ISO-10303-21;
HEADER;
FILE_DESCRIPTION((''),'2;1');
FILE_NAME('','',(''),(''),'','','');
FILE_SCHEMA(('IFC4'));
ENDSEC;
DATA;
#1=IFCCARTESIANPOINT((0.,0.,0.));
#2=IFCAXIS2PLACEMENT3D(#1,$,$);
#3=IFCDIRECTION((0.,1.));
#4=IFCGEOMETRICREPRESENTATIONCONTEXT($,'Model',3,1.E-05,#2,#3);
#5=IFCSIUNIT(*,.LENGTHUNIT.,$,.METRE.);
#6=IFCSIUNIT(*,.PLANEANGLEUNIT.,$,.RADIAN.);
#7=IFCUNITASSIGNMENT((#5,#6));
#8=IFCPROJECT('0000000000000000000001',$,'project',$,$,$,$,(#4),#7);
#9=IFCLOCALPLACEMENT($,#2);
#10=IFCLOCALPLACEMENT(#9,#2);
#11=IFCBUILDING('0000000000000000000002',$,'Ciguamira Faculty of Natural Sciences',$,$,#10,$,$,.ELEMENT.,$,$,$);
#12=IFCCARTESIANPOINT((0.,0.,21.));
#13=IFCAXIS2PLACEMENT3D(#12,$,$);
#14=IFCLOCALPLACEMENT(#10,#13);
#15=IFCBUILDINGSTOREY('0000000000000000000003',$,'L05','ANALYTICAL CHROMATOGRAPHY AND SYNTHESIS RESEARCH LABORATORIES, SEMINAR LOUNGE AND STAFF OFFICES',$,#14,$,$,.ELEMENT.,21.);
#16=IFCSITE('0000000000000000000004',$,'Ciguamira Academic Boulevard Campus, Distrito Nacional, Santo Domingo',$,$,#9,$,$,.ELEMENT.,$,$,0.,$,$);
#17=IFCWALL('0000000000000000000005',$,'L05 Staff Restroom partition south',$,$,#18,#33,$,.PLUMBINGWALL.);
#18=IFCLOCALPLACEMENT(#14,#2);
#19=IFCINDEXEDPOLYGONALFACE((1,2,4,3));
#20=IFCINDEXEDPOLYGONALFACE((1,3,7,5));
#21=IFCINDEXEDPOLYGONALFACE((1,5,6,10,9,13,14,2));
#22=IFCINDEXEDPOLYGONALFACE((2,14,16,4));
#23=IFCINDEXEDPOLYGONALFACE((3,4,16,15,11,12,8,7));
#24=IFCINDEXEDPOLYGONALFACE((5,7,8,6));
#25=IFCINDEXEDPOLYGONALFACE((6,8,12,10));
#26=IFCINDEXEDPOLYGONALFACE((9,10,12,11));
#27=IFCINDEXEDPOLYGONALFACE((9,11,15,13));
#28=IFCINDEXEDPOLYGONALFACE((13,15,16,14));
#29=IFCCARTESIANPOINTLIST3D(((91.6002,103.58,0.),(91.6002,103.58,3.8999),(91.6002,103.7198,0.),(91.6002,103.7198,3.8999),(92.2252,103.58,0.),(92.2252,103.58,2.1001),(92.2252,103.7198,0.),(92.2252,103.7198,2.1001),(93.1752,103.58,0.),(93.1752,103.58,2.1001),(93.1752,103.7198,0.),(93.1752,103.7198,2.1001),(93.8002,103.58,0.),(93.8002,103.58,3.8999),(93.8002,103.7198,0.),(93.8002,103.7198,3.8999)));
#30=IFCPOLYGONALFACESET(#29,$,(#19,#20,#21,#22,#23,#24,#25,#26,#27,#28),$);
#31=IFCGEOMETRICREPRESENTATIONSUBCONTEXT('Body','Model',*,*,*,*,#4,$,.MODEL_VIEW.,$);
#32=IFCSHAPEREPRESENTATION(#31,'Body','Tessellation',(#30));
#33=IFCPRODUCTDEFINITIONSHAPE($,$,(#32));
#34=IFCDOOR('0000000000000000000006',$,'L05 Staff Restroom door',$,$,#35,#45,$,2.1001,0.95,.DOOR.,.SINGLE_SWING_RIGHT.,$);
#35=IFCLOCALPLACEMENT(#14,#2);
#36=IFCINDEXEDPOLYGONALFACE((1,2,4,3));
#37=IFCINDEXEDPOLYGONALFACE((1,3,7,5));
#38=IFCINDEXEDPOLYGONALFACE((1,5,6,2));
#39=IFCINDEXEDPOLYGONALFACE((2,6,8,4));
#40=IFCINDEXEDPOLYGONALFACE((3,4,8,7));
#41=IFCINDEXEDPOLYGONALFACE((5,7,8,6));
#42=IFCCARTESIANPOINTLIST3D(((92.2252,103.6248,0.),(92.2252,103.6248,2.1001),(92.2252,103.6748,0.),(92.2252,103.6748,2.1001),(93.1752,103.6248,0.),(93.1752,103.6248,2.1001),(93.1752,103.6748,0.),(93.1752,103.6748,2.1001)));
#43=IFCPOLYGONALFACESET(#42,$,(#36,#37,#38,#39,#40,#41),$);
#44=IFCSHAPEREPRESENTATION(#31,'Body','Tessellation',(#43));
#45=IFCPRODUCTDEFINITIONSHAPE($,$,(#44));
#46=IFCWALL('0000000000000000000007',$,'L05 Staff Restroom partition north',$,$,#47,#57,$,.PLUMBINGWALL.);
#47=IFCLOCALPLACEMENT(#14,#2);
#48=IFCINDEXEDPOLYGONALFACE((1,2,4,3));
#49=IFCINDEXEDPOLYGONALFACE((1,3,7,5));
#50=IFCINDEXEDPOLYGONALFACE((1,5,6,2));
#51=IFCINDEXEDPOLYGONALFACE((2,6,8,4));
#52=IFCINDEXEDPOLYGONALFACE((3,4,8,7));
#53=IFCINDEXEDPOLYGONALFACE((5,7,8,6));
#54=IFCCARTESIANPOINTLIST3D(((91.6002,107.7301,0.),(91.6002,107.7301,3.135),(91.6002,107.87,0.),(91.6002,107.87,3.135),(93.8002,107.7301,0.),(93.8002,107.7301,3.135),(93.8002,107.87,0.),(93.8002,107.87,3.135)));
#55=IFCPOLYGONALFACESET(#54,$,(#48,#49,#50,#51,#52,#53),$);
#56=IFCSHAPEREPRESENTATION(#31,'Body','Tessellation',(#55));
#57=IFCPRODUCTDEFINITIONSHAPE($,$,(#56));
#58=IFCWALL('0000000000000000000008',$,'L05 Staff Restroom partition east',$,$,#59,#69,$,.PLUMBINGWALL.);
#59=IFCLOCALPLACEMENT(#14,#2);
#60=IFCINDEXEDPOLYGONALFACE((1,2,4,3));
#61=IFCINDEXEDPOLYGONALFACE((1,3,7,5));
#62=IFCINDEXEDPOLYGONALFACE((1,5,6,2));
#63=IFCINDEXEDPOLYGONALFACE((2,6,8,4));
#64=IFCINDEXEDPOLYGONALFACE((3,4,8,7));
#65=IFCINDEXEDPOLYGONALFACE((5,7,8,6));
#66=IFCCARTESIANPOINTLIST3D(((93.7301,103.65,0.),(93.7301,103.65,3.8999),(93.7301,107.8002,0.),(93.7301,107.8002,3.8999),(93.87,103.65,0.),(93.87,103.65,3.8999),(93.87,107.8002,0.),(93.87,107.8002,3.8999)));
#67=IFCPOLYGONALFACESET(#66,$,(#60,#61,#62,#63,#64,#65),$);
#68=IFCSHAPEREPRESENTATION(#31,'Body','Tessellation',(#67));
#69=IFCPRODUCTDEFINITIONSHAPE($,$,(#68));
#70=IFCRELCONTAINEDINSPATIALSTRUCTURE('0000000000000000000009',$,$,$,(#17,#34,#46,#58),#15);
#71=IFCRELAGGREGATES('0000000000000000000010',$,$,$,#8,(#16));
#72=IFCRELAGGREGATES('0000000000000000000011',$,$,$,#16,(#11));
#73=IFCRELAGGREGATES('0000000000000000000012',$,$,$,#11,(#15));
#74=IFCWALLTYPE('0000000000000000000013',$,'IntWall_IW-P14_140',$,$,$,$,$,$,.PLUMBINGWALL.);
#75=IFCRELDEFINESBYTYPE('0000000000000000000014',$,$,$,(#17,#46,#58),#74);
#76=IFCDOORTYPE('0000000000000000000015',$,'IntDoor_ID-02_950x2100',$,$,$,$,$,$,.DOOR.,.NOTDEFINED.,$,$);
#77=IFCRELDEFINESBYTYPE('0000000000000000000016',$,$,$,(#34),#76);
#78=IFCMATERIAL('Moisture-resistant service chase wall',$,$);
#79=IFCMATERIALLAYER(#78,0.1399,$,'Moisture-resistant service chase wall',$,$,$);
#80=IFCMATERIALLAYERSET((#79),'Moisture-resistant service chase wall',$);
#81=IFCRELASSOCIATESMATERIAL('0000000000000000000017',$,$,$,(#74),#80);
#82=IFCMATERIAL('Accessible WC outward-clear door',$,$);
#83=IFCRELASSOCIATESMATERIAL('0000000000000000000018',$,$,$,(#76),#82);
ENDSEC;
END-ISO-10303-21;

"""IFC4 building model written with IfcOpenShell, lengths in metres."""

from ifc_helpers import new_model, si_unit, direction, frame, frame_2d, origin, place, context, subcontext, project, spatial, rectangle, extrude, material, layer, layer_set, type_object, element, fill, save


model = new_model("IFC4")

# Units and contexts
model_context = context("Model", 3, precision=1e-05, world=origin(), true_north=direction((0.0, 1.0)))
body_context = subcontext(model_context, "Body", "Model", "MODEL_VIEW")
ifc_project = project(units=[si_unit("LENGTHUNIT", "METRE"), si_unit("PLANEANGLEUNIT", "RADIAN")], contexts=[model_context])

# Site, building, storey
site_placement = place(None, origin())
site = spatial("IfcSite", under=ifc_project, at=site_placement, Name="Ciguamira Academic Boulevard Campus, Distrito Nacional, Santo Domingo", CompositionType="ELEMENT", RefElevation=0.0)
building_placement = place(site_placement, origin())
building = spatial("IfcBuilding", under=site, at=building_placement, Name="Ciguamira Faculty of Natural Sciences", CompositionType="ELEMENT")
storey_placement = place(building_placement, frame((0.0, 0.0, 21.0)))
storey = spatial("IfcBuildingStorey", under=building, at=storey_placement, Name="L05", Description="ANALYTICAL CHROMATOGRAPHY AND SYNTHESIS RESEARCH LABORATORIES, SEMINAR LOUNGE AND STAFF OFFICES", CompositionType="ELEMENT", Elevation=21.0)

# Shared definitions
ifc_material_1 = material(Name="Moisture-resistant service chase wall")
ifc_layer_1 = layer(ifc_material_1, 0.1399, Name="Moisture-resistant service chase wall")
ifc_layer_set_1 = layer_set([ifc_layer_1], Name="Moisture-resistant service chase wall")
wall_type_1 = type_object("IfcWallType", Name="IntWall_IW-P14_140", PredefinedType="PLUMBINGWALL", material=ifc_layer_set_1)
ifc_material_2 = material(Name="Accessible WC outward-clear door")
door_type_1 = type_object("IfcDoorType", Name="IntDoor_ID-02_950x2100", OperationType="NOTDEFINED", PredefinedType="DOOR", material=ifc_material_2)

# Wall, opening, door
wall_1_placement = place(storey_placement, frame((91.6001, 103.6499, 0.0), z_axis=(0.0, 0.0, 1.0), x_axis=(1.0, 0.0, 0.0)))
wall_1 = element("IfcWall", 1, at=wall_1_placement, inside=storey, type_object=wall_type_1, Name="L05 Staff Restroom partition south", PredefinedType="PLUMBINGWALL", context=body_context, shape_type="SweptSolid", body=[
    extrude(rectangle(XDim=2.2, YDim=0.1399, at=frame_2d((1.1001, 0.0))), origin(), (0.0, 0.0, 1.0), 3.8999),
])
opening_1_placement = place(wall_1_placement, frame((0.625, 0.0, 0.0)))
opening_1 = element("IfcOpeningElement", 2, at=opening_1_placement, cuts=wall_1, PredefinedType="OPENING", context=body_context, shape_type="SweptSolid", body=[
    extrude(rectangle(XDim=0.95, YDim=2.1001, at=frame_2d((0.4751, 1.05))), frame((0.0, 0.0798, 0.0), z_axis=(0.0, -1.0, 0.0), x_axis=(1.0, 0.0, 0.0)), (0.0, 0.0, 1.0), 0.1599),
])
door_1_placement = place(opening_1_placement, origin())
door_1 = element("IfcDoor", 3, at=door_1_placement, inside=storey, type_object=door_type_1, Name="L05 Staff Restroom door", OperationType="SINGLE_SWING_RIGHT", OverallHeight=2.1001, OverallWidth=0.95, PredefinedType="DOOR", context=body_context, shape_type="SweptSolid", body=[
    extrude(rectangle(XDim=0.95, YDim=2.1001, at=frame_2d((0.4751, 1.05))), frame((0.0, 0.0249, 0.0), z_axis=(0.0, -1.0, 0.0), x_axis=(1.0, 0.0, 0.0)), (0.0, 0.0, 1.0), 0.05),
])
fill(opening_1, door_1)

# Walls
wall_2_placement = place(storey_placement, frame((91.6001, 107.8, 0.0), z_axis=(0.0, 0.0, 1.0), x_axis=(1.0, 0.0, 0.0)))
element("IfcWall", 4, at=wall_2_placement, inside=storey, type_object=wall_type_1, Name="L05 Staff Restroom partition north", PredefinedType="PLUMBINGWALL", context=body_context, shape_type="SweptSolid", body=[
    extrude(rectangle(XDim=2.2, YDim=0.1399, at=frame_2d((1.1001, 0.0))), origin(), (0.0, 0.0, 1.0), 3.135),
])
wall_3_placement = place(storey_placement, frame((93.8, 103.6499, 0.0), z_axis=(0.0, 0.0, 1.0), x_axis=(0.0, 1.0, 0.0)))
element("IfcWall", 5, at=wall_3_placement, inside=storey, type_object=wall_type_1, Name="L05 Staff Restroom partition east", PredefinedType="PLUMBINGWALL", context=body_context, shape_type="SweptSolid", body=[
    extrude(rectangle(XDim=4.1501, YDim=0.1399, at=frame_2d((2.0752, 0.0))), origin(), (0.0, 0.0, 1.0), 3.8999),
])

save(model, "model.ifc")
